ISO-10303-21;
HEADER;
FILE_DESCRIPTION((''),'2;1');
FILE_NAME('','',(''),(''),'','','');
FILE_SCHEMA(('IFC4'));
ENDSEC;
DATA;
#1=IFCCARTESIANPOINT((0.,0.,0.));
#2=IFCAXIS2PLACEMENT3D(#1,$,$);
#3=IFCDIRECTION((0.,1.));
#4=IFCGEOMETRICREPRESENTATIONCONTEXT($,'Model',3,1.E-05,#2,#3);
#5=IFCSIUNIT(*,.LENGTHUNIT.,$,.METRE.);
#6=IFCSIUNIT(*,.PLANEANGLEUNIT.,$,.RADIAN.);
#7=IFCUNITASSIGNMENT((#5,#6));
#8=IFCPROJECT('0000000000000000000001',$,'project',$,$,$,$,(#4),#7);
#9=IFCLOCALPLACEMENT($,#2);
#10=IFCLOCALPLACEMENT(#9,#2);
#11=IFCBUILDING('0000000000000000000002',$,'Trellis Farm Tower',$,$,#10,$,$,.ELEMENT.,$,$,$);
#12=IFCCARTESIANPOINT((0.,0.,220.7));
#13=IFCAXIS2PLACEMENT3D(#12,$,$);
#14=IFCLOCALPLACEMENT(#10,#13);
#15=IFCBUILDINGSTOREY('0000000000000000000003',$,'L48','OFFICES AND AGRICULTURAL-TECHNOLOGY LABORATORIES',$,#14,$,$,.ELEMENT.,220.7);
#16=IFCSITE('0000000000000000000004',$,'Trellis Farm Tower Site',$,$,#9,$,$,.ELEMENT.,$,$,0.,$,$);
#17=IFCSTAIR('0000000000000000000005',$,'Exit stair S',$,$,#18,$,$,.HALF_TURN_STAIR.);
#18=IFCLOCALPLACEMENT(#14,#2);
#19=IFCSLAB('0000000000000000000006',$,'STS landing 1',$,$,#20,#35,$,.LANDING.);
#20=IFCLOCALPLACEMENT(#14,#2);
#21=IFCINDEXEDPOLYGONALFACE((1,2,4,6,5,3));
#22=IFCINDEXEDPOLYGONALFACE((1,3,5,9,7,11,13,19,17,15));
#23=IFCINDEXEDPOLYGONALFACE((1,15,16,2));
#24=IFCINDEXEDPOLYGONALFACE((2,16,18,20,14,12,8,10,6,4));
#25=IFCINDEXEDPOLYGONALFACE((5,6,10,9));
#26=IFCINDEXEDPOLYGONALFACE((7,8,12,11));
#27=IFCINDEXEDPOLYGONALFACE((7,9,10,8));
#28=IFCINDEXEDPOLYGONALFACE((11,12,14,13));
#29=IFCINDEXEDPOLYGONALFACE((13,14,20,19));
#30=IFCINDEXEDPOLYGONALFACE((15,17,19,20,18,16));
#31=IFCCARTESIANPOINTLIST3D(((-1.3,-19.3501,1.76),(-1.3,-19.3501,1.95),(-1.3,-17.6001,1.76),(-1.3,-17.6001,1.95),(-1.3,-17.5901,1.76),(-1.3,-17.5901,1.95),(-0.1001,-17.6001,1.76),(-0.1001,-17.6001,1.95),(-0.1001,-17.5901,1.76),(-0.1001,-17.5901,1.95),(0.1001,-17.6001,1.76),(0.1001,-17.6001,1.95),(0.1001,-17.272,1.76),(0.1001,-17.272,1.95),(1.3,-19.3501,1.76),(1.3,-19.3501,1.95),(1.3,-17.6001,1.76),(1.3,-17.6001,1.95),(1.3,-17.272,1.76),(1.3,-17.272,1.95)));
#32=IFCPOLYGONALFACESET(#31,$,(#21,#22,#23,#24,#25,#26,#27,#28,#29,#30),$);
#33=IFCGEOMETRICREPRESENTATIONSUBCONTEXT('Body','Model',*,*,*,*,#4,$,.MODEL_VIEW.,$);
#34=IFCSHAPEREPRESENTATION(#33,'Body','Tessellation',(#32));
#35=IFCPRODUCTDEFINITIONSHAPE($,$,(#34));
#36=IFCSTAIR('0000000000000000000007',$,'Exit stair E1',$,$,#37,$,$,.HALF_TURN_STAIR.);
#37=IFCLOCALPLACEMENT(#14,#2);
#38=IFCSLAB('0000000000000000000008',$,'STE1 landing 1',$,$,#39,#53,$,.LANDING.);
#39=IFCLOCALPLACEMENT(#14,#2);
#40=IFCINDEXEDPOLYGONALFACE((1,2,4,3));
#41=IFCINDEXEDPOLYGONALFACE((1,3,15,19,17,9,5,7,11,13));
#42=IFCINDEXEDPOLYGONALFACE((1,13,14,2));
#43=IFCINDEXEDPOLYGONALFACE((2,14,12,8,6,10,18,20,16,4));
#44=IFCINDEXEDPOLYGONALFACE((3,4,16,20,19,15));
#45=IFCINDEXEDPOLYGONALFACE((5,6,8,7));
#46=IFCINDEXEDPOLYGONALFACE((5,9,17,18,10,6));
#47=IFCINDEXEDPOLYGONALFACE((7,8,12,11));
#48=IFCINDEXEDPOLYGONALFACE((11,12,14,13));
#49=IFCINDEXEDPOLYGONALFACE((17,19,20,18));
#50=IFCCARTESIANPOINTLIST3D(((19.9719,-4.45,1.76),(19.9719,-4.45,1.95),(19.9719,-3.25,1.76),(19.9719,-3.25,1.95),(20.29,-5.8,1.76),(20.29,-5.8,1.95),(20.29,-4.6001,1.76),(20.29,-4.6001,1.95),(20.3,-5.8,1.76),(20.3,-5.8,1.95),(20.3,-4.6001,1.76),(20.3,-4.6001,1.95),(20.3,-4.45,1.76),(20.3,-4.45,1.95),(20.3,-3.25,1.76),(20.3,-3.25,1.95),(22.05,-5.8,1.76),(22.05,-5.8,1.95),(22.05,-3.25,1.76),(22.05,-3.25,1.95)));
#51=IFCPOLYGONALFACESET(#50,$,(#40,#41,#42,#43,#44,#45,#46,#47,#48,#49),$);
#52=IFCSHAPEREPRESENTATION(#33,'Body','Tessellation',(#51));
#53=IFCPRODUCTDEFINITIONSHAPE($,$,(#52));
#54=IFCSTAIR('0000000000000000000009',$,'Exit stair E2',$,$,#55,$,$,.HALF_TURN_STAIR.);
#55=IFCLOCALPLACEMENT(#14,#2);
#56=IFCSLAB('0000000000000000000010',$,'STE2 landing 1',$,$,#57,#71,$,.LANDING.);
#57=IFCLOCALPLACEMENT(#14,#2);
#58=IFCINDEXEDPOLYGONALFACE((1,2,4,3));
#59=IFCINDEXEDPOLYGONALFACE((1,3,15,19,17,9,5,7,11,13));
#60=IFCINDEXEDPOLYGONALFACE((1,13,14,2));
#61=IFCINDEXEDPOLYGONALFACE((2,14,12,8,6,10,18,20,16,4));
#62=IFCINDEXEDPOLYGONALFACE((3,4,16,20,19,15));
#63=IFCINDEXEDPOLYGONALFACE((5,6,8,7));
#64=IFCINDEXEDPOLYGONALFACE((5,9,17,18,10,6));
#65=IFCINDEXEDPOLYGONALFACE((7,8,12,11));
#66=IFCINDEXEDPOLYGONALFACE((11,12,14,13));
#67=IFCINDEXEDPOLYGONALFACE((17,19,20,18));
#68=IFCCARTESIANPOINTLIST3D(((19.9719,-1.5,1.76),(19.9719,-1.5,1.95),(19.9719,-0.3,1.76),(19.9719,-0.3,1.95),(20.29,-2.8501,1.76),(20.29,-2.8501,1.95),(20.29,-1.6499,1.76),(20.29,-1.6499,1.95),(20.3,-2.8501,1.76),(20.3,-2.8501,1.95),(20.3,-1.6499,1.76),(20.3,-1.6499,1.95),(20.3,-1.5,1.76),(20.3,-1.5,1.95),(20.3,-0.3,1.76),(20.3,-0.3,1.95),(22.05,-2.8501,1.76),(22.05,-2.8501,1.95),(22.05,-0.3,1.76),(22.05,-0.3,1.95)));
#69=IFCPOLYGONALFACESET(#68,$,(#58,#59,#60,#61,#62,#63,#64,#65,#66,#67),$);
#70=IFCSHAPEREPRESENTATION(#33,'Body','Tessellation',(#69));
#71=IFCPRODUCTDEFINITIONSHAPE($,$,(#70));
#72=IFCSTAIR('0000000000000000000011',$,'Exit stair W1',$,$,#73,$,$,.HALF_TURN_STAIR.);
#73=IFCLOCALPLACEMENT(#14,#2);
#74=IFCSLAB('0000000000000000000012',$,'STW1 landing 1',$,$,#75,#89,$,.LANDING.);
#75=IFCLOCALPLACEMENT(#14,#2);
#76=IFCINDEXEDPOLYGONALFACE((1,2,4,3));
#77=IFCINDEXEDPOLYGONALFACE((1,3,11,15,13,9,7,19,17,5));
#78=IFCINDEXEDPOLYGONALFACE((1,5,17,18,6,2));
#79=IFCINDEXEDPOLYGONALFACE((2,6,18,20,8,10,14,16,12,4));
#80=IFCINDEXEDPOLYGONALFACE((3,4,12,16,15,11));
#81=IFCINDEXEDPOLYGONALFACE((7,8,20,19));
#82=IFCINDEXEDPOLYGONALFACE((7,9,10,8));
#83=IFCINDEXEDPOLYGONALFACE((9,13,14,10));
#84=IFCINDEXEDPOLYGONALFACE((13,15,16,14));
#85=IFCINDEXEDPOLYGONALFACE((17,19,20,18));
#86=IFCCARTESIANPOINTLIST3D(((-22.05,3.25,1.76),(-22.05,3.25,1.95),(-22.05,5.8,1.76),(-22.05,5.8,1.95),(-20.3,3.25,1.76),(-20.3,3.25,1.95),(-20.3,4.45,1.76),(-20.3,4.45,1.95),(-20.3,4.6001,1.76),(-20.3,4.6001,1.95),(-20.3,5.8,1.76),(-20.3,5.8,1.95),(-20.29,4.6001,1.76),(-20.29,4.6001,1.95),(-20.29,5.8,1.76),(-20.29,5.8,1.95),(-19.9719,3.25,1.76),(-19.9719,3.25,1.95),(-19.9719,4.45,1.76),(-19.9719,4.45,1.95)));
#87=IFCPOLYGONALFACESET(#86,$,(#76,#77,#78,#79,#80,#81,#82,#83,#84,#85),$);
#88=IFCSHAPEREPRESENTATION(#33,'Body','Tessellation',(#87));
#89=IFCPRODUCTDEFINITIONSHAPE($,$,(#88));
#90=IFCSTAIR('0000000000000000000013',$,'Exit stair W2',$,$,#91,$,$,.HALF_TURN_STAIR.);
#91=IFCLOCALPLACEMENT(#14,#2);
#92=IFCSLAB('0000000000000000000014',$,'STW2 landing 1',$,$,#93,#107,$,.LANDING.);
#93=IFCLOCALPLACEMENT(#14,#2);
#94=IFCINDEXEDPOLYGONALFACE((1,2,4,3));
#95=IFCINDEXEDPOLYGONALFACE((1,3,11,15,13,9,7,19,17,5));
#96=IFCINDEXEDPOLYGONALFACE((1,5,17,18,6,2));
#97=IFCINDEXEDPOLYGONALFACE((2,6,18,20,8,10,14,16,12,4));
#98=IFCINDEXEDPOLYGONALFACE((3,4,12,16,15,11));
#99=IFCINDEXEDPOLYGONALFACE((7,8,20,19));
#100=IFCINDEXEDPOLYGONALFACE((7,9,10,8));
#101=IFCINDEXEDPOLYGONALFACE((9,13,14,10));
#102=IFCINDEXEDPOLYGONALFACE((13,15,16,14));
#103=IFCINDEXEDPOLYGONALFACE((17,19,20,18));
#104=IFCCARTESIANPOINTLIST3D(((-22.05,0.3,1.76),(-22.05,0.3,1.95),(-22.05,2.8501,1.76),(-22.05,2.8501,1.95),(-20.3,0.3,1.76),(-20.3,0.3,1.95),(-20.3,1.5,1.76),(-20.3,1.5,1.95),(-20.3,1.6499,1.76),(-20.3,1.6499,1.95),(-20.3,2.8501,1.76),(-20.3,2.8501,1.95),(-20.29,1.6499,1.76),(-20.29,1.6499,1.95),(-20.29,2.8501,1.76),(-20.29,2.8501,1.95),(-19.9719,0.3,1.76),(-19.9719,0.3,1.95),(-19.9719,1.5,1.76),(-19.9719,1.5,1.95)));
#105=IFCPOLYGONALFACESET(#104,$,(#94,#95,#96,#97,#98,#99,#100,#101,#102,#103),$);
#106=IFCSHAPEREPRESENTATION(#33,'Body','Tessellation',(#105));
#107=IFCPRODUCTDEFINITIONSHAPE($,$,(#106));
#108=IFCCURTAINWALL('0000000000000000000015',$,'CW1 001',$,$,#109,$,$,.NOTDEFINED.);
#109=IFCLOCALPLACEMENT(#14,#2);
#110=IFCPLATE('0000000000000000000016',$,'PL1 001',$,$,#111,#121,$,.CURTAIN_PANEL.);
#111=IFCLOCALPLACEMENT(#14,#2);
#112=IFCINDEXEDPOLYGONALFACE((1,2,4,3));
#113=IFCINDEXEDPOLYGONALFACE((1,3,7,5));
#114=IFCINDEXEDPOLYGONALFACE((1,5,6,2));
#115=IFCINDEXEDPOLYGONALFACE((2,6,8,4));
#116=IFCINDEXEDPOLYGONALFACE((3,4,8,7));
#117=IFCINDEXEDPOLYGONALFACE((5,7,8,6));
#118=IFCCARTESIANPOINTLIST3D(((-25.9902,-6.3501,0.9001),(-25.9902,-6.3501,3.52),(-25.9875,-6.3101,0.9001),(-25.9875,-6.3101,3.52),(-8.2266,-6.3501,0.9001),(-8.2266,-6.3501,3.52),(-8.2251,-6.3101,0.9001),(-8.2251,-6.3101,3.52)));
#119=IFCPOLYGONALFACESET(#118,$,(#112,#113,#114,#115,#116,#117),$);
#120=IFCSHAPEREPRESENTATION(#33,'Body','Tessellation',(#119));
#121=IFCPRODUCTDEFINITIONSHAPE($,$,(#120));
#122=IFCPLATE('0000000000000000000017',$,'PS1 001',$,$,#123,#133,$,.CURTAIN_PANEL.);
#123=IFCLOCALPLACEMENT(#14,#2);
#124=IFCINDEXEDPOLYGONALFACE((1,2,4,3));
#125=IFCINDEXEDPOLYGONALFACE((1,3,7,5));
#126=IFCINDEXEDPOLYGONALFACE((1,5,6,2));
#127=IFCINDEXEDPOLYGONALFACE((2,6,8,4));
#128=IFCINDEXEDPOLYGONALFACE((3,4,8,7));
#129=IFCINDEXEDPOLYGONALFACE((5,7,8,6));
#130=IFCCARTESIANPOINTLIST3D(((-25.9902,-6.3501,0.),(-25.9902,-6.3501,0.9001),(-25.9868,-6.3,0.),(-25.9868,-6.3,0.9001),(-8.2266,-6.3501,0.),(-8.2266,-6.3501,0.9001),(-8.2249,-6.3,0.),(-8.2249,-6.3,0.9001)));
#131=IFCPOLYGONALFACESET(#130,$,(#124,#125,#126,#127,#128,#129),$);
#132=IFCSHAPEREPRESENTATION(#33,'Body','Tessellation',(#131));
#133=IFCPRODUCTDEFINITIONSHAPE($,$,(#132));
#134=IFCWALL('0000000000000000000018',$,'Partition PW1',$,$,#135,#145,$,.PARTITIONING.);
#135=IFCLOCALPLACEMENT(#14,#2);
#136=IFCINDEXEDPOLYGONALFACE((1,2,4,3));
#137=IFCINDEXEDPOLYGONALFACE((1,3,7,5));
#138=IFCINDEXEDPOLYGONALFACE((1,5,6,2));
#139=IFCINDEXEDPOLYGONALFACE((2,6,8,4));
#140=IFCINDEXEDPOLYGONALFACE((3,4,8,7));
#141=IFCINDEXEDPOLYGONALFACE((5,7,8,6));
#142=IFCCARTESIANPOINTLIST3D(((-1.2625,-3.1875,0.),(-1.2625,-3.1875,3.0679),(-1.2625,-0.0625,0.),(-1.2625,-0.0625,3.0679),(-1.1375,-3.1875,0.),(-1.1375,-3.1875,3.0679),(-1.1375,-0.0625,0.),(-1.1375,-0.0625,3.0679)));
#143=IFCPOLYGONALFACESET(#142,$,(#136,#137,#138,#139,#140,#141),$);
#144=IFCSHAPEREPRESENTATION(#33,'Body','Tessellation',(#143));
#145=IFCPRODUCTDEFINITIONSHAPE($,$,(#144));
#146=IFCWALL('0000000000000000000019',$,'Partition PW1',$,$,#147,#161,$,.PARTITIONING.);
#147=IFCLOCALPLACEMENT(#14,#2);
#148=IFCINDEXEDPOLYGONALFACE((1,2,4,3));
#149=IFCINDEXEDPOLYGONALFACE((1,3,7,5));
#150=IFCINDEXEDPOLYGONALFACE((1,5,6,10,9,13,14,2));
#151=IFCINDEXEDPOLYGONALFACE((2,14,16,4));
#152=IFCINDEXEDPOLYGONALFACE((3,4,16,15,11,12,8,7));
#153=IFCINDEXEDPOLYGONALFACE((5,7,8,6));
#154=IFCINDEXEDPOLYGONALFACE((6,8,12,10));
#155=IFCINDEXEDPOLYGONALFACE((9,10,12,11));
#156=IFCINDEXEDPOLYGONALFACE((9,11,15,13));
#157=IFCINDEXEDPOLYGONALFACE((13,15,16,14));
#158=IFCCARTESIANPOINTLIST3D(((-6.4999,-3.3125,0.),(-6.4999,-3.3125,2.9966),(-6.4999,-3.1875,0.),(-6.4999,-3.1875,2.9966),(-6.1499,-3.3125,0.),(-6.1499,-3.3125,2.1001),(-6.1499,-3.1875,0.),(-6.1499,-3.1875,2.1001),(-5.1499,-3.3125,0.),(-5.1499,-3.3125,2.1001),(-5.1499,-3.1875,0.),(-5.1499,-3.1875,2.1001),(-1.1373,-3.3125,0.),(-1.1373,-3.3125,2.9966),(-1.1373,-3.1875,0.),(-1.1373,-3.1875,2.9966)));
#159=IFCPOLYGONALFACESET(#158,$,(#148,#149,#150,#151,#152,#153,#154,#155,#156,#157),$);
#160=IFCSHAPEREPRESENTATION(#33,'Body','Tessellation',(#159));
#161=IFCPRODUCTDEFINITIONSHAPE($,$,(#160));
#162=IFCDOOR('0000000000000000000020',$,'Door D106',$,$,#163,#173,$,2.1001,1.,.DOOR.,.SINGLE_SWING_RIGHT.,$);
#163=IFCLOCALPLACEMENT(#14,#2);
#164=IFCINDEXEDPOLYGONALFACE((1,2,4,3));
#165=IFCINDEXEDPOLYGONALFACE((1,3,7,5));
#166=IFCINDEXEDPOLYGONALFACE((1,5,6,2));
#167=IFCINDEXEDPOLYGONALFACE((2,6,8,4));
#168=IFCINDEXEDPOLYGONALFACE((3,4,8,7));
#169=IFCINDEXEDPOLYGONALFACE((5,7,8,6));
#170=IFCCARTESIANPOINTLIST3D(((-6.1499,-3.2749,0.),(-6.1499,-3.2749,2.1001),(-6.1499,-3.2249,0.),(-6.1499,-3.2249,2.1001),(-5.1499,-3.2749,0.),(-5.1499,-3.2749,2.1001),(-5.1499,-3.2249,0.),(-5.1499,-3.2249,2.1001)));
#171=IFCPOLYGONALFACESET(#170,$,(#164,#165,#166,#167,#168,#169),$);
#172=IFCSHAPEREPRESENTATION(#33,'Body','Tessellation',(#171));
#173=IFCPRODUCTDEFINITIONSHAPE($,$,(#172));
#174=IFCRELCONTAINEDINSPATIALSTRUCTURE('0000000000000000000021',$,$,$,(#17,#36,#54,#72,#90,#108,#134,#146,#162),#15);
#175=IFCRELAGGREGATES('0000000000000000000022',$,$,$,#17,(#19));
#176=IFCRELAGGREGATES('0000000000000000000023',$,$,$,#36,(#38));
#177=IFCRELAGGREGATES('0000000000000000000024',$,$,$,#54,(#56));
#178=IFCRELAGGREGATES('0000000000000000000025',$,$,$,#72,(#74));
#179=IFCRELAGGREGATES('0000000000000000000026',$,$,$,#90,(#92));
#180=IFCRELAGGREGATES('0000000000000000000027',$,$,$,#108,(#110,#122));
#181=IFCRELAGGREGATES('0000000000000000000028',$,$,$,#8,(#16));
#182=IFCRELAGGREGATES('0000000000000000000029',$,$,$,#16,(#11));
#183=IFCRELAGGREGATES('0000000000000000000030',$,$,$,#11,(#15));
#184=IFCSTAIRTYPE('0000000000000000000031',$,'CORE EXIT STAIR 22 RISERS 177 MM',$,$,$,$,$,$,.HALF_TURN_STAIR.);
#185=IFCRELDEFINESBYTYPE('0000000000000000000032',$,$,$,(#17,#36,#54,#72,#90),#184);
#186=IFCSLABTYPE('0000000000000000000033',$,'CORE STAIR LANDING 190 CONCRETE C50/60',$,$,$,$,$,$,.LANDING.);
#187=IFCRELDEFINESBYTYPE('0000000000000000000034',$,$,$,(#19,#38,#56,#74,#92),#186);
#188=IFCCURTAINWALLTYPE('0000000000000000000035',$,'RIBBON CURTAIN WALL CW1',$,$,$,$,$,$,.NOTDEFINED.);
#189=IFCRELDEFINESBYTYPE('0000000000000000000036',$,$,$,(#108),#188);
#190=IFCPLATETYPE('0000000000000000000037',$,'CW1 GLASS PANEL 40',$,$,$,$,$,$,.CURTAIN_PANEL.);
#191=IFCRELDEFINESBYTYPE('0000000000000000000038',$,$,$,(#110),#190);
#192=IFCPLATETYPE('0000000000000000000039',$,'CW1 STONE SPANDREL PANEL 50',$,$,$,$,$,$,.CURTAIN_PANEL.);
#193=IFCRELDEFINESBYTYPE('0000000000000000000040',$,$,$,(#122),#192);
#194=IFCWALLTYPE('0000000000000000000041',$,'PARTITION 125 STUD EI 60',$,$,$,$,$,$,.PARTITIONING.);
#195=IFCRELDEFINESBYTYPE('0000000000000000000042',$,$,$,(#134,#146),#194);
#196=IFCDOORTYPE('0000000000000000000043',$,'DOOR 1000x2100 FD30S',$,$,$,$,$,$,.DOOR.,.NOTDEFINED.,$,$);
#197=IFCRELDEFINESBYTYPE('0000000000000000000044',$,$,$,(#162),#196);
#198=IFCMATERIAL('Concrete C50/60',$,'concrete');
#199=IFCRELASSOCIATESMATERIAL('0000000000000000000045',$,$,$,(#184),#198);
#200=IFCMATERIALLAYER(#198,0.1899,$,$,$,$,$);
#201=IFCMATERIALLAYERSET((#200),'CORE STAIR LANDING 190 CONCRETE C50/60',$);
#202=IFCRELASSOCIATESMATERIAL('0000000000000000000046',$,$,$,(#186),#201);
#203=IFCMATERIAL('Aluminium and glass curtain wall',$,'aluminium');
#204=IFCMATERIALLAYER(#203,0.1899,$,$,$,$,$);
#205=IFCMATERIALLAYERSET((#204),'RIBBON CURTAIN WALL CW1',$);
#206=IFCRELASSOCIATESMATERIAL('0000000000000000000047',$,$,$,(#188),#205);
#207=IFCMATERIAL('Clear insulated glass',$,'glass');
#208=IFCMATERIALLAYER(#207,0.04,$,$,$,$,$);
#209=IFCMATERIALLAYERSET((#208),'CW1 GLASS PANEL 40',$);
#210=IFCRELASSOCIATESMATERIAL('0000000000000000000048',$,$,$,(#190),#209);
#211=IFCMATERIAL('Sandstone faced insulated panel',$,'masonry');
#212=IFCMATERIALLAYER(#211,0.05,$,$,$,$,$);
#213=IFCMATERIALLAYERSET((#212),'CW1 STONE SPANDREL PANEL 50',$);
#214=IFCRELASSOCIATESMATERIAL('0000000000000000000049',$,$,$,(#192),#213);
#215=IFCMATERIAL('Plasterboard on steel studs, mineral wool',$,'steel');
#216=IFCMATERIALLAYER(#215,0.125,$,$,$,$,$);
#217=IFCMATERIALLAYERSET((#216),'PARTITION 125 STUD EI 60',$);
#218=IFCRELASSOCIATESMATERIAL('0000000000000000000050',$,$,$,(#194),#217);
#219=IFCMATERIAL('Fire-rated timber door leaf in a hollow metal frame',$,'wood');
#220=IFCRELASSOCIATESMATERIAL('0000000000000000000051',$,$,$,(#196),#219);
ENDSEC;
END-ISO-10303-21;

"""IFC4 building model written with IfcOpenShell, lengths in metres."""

from ifc_helpers import new_model, si_unit, direction, frame, frame_2d, origin, place, context, subcontext, project, spatial, polyline, rectangle, outline, extrude, source, transform, mapped, material, layer, layer_set, type_object, element, fill, aggregate, save


model = new_model("IFC4")

# Units and contexts
model_context = context("Model", 3, precision=1e-05, world=origin(), true_north=direction((0.0, 1.0)))
body_context = subcontext(model_context, "Body", "Model", "MODEL_VIEW")
ifc_project = project(units=[si_unit("LENGTHUNIT", "METRE"), si_unit("PLANEANGLEUNIT", "RADIAN")], contexts=[model_context])

# Site, building, storey
site_placement = place(None, origin())
site = spatial("IfcSite", under=ifc_project, at=site_placement, Name="Trellis Farm Tower Site", CompositionType="ELEMENT", RefElevation=0.0)
building_placement = place(site_placement, origin())
building = spatial("IfcBuilding", under=site, at=building_placement, Name="Trellis Farm Tower", CompositionType="ELEMENT")
storey_placement = place(building_placement, frame((0.0, 0.0, 220.7)))
storey = spatial("IfcBuildingStorey", under=building, at=storey_placement, Name="L48", Description="OFFICES AND AGRICULTURAL-TECHNOLOGY LABORATORIES", CompositionType="ELEMENT", Elevation=220.7)

# Stairs, slabs
ifc_material_1 = material(Name="Concrete C50/60", Category="concrete")
stair_type = type_object("IfcStairType", Name="CORE EXIT STAIR 22 RISERS 177 MM", PredefinedType="HALF_TURN_STAIR", material=ifc_material_1)
placement_1 = place(storey_placement, origin())
ifc_layer_1 = layer(ifc_material_1, 0.1899)
ifc_layer_set_1 = layer_set([ifc_layer_1], Name="CORE STAIR LANDING 190 CONCRETE C50/60")
slab_type_1 = type_object("IfcSlabType", Name="CORE STAIR LANDING 190 CONCRETE C50/60", PredefinedType="LANDING", material=ifc_layer_set_1)
placement_2 = place(storey_placement, frame((0.0, 0.0, 1.76)))
stair_1 = element("IfcStair", 1, at=placement_1, inside=storey, type_object=stair_type, Name="Exit stair S", PredefinedType="HALF_TURN_STAIR")
shared_shape_1 = source(origin(), body_context, "Body", "SweptSolid", [
    extrude(outline(polyline([(1.3, -19.3501), (-1.3, -19.3501), (-1.3, -17.6001), (-1.3, -17.5901), (-0.1001, -17.5901), (-0.1001, -17.6001), (0.1001, -17.6001), (0.1001, -17.272), (1.3, -17.272), (1.3, -17.6001), (1.3, -19.3501)])), origin(), (0.0, 0.0, 1.0), 0.1899),
])
slab_1 = element("IfcSlab", 2, at=placement_2, type_object=slab_type_1, Name="STS landing 1", PredefinedType="LANDING", context=body_context, shape_type="MappedRepresentation", body=[
    mapped(shared_shape_1, transform((0.0, 0.0, 0.0))),
])
aggregate(stair_1, [slab_1])
stair_2 = element("IfcStair", 3, at=placement_1, inside=storey, type_object=stair_type, Name="Exit stair E1", PredefinedType="HALF_TURN_STAIR")
shared_shape_2 = source(origin(), body_context, "Body", "SweptSolid", [
    extrude(outline(polyline([(20.29, -5.8), (20.29, -4.6001), (20.3, -4.6001), (20.3, -4.45), (19.9719, -4.45), (19.9719, -3.25), (20.3, -3.25), (22.05, -3.25), (22.05, -5.8), (20.3, -5.8), (20.29, -5.8)])), origin(), (0.0, 0.0, 1.0), 0.1899),
])
slab_2 = element("IfcSlab", 4, at=placement_2, type_object=slab_type_1, Name="STE1 landing 1", PredefinedType="LANDING", context=body_context, shape_type="MappedRepresentation", body=[
    mapped(shared_shape_2, transform((0.0, 0.0, 0.0))),
])
aggregate(stair_2, [slab_2])
stair_3 = element("IfcStair", 5, at=placement_1, inside=storey, type_object=stair_type, Name="Exit stair E2", PredefinedType="HALF_TURN_STAIR")
shared_shape_3 = source(origin(), body_context, "Body", "SweptSolid", [
    extrude(outline(polyline([(20.29, -2.8501), (20.29, -1.6499), (20.3, -1.6499), (20.3, -1.5), (19.9719, -1.5), (19.9719, -0.3), (20.3, -0.3), (22.05, -0.3), (22.05, -2.8501), (20.3, -2.8501), (20.29, -2.8501)])), origin(), (0.0, 0.0, 1.0), 0.1899),
])
slab_3 = element("IfcSlab", 6, at=placement_2, type_object=slab_type_1, Name="STE2 landing 1", PredefinedType="LANDING", context=body_context, shape_type="MappedRepresentation", body=[
    mapped(shared_shape_3, transform((0.0, 0.0, 0.0))),
])
aggregate(stair_3, [slab_3])
stair_4 = element("IfcStair", 7, at=placement_1, inside=storey, type_object=stair_type, Name="Exit stair W1", PredefinedType="HALF_TURN_STAIR")
shared_shape_4 = source(origin(), body_context, "Body", "SweptSolid", [
    extrude(outline(polyline([(-19.9719, 4.45), (-19.9719, 3.25), (-20.3, 3.25), (-22.05, 3.25), (-22.05, 5.8), (-20.3, 5.8), (-20.29, 5.8), (-20.29, 4.6001), (-20.3, 4.6001), (-20.3, 4.45), (-19.9719, 4.45)])), origin(), (0.0, 0.0, 1.0), 0.1899),
])
slab_4 = element("IfcSlab", 8, at=placement_2, type_object=slab_type_1, Name="STW1 landing 1", PredefinedType="LANDING", context=body_context, shape_type="MappedRepresentation", body=[
    mapped(shared_shape_4, transform((0.0, 0.0, 0.0))),
])
aggregate(stair_4, [slab_4])
stair_5 = element("IfcStair", 9, at=placement_1, inside=storey, type_object=stair_type, Name="Exit stair W2", PredefinedType="HALF_TURN_STAIR")
shared_shape_5 = source(origin(), body_context, "Body", "SweptSolid", [
    extrude(outline(polyline([(-19.9719, 1.5), (-19.9719, 0.3), (-20.3, 0.3), (-22.05, 0.3), (-22.05, 2.8501), (-20.3, 2.8501), (-20.29, 2.8501), (-20.29, 1.6499), (-20.3, 1.6499), (-20.3, 1.5), (-19.9719, 1.5)])), origin(), (0.0, 0.0, 1.0), 0.1899),
])
slab_5 = element("IfcSlab", 10, at=placement_2, type_object=slab_type_1, Name="STW2 landing 1", PredefinedType="LANDING", context=body_context, shape_type="MappedRepresentation", body=[
    mapped(shared_shape_5, transform((0.0, 0.0, 0.0))),
])
aggregate(stair_5, [slab_5])

# Curtain wall, plates
ifc_material_2 = material(Name="Aluminium and glass curtain wall", Category="aluminium")
ifc_layer_2 = layer(ifc_material_2, 0.1899)
ifc_layer_set_2 = layer_set([ifc_layer_2], Name="RIBBON CURTAIN WALL CW1")
curtain_wall_type = type_object("IfcCurtainWallType", Name="RIBBON CURTAIN WALL CW1", PredefinedType="NOTDEFINED", material=ifc_layer_set_2)
curtain_wall = element("IfcCurtainWall", 11, at=placement_1, inside=storey, type_object=curtain_wall_type, Name="CW1 001", PredefinedType="NOTDEFINED")
ifc_material_3 = material(Name="Clear insulated glass", Category="glass")
ifc_layer_3 = layer(ifc_material_3, 0.04)
ifc_layer_set_3 = layer_set([ifc_layer_3], Name="CW1 GLASS PANEL 40")
plate_type_1 = type_object("IfcPlateType", Name="CW1 GLASS PANEL 40", PredefinedType="CURTAIN_PANEL", material=ifc_layer_set_3)
shared_shape_6 = source(origin(), body_context, "Body", "SweptSolid", [
    extrude(outline(polyline([(-25.9902, -6.3501), (-8.2266, -6.3501), (-8.2251, -6.3101), (-25.9875, -6.3101), (-25.9902, -6.3501)])), origin(), (0.0, 0.0, 1.0), 2.6199),
])
plate_1_placement = place(storey_placement, frame((0.0, 0.0, 0.9001)))
plate_1 = element("IfcPlate", 12, at=plate_1_placement, type_object=plate_type_1, Name="PL1 001", PredefinedType="CURTAIN_PANEL", context=body_context, shape_type="MappedRepresentation", body=[
    mapped(shared_shape_6, transform((0.0, 0.0, 0.0))),
])
ifc_material_4 = material(Name="Sandstone faced insulated panel", Category="masonry")
ifc_layer_4 = layer(ifc_material_4, 0.05)
ifc_layer_set_4 = layer_set([ifc_layer_4], Name="CW1 STONE SPANDREL PANEL 50")
plate_type_2 = type_object("IfcPlateType", Name="CW1 STONE SPANDREL PANEL 50", PredefinedType="CURTAIN_PANEL", material=ifc_layer_set_4)
shared_shape_7 = source(origin(), body_context, "Body", "SweptSolid", [
    extrude(outline(polyline([(-25.9902, -6.3501), (-8.2266, -6.3501), (-8.2249, -6.3), (-25.9868, -6.3), (-25.9902, -6.3501)])), origin(), (0.0, 0.0, 1.0), 0.9001),
])
plate_2 = element("IfcPlate", 13, at=placement_1, type_object=plate_type_2, Name="PS1 001", PredefinedType="CURTAIN_PANEL", context=body_context, shape_type="MappedRepresentation", body=[
    mapped(shared_shape_7, transform((0.0, 0.0, 0.0))),
])
aggregate(curtain_wall, [plate_1, plate_2])

# Wall
ifc_material_5 = material(Name="Plasterboard on steel studs, mineral wool", Category="steel")
ifc_layer_5 = layer(ifc_material_5, 0.125)
ifc_layer_set_5 = layer_set([ifc_layer_5], Name="PARTITION 125 STUD EI 60")
wall_type = type_object("IfcWallType", Name="PARTITION 125 STUD EI 60", PredefinedType="PARTITIONING", material=ifc_layer_set_5)
shared_shape_8 = source(origin(), body_context, "Body", "SweptSolid", [
    extrude(rectangle(XDim=3.125, YDim=0.125, at=frame_2d((1.5625, 0.0))), origin(), (0.0, 0.0, 1.0), 3.0679),
])
wall_1_placement = place(storey_placement, frame((-1.2, -0.0625, 0.0), z_axis=(0.0, 0.0, 1.0), x_axis=(0.0, -1.0, 0.0)))
element("IfcWall", 14, at=wall_1_placement, inside=storey, type_object=wall_type, Name="Partition PW1", PredefinedType="PARTITIONING", context=body_context, shape_type="MappedRepresentation", body=[
    mapped(shared_shape_8, transform((0.0, 0.0, 0.0))),
])

# Wall, opening, door
shared_shape_9 = source(origin(), body_context, "Body", "SweptSolid", [
    extrude(rectangle(XDim=5.3625, YDim=0.125, at=frame_2d((2.6812, 0.0))), origin(), (0.0, 0.0, 1.0), 2.9966),
])
wall_2_placement = place(storey_placement, frame((-1.1375, -3.25, 0.0), z_axis=(0.0, 0.0, 1.0), x_axis=(-1.0, 0.0, 0.0)))
wall_2 = element("IfcWall", 15, at=wall_2_placement, inside=storey, type_object=wall_type, Name="Partition PW1", PredefinedType="PARTITIONING", context=body_context, shape_type="MappedRepresentation", body=[
    mapped(shared_shape_9, transform((0.0, 0.0, 0.0))),
])
shared_shape_10 = source(origin(), body_context, "Body", "SweptSolid", [
    extrude(rectangle(XDim=1.0, YDim=2.1001, at=frame_2d((0.5, 1.05))), frame((0.0, 0.0725, 0.0), z_axis=(0.0, -1.0, 0.0), x_axis=(1.0, 0.0, 0.0)), (0.0, 0.0, 1.0), 0.145),
])
opening_1_placement = place(wall_2_placement, frame((4.0125, 0.0, 0.0)))
opening_1 = element("IfcOpeningElement", 16, at=opening_1_placement, cuts=wall_2, PredefinedType="OPENING", context=body_context, shape_type="MappedRepresentation", body=[
    mapped(shared_shape_10, transform((0.0, 0.0, 0.0))),
])
ifc_material_6 = material(Name="Fire-rated timber door leaf in a hollow metal frame", Category="wood")
door_type = type_object("IfcDoorType", Name="DOOR 1000x2100 FD30S", OperationType="NOTDEFINED", PredefinedType="DOOR", material=ifc_material_6)
shared_shape_11 = source(origin(), body_context, "Body", "SweptSolid", [
    extrude(rectangle(XDim=1.0, YDim=2.1001, at=frame_2d((0.5, 1.05))), frame((0.0, 0.0249, 0.0), z_axis=(0.0, -1.0, 0.0), x_axis=(1.0, 0.0, 0.0)), (0.0, 0.0, 1.0), 0.05),
])
door_1_placement = place(opening_1_placement, origin())
door_1 = element("IfcDoor", 17, at=door_1_placement, inside=storey, type_object=door_type, Name="Door D106", OperationType="SINGLE_SWING_RIGHT", OverallHeight=2.1001, OverallWidth=1.0, PredefinedType="DOOR", context=body_context, shape_type="MappedRepresentation", body=[
    mapped(shared_shape_11, transform((0.0, 0.0, 0.0))),
])
fill(opening_1, door_1)

save(model, "model.ifc")
